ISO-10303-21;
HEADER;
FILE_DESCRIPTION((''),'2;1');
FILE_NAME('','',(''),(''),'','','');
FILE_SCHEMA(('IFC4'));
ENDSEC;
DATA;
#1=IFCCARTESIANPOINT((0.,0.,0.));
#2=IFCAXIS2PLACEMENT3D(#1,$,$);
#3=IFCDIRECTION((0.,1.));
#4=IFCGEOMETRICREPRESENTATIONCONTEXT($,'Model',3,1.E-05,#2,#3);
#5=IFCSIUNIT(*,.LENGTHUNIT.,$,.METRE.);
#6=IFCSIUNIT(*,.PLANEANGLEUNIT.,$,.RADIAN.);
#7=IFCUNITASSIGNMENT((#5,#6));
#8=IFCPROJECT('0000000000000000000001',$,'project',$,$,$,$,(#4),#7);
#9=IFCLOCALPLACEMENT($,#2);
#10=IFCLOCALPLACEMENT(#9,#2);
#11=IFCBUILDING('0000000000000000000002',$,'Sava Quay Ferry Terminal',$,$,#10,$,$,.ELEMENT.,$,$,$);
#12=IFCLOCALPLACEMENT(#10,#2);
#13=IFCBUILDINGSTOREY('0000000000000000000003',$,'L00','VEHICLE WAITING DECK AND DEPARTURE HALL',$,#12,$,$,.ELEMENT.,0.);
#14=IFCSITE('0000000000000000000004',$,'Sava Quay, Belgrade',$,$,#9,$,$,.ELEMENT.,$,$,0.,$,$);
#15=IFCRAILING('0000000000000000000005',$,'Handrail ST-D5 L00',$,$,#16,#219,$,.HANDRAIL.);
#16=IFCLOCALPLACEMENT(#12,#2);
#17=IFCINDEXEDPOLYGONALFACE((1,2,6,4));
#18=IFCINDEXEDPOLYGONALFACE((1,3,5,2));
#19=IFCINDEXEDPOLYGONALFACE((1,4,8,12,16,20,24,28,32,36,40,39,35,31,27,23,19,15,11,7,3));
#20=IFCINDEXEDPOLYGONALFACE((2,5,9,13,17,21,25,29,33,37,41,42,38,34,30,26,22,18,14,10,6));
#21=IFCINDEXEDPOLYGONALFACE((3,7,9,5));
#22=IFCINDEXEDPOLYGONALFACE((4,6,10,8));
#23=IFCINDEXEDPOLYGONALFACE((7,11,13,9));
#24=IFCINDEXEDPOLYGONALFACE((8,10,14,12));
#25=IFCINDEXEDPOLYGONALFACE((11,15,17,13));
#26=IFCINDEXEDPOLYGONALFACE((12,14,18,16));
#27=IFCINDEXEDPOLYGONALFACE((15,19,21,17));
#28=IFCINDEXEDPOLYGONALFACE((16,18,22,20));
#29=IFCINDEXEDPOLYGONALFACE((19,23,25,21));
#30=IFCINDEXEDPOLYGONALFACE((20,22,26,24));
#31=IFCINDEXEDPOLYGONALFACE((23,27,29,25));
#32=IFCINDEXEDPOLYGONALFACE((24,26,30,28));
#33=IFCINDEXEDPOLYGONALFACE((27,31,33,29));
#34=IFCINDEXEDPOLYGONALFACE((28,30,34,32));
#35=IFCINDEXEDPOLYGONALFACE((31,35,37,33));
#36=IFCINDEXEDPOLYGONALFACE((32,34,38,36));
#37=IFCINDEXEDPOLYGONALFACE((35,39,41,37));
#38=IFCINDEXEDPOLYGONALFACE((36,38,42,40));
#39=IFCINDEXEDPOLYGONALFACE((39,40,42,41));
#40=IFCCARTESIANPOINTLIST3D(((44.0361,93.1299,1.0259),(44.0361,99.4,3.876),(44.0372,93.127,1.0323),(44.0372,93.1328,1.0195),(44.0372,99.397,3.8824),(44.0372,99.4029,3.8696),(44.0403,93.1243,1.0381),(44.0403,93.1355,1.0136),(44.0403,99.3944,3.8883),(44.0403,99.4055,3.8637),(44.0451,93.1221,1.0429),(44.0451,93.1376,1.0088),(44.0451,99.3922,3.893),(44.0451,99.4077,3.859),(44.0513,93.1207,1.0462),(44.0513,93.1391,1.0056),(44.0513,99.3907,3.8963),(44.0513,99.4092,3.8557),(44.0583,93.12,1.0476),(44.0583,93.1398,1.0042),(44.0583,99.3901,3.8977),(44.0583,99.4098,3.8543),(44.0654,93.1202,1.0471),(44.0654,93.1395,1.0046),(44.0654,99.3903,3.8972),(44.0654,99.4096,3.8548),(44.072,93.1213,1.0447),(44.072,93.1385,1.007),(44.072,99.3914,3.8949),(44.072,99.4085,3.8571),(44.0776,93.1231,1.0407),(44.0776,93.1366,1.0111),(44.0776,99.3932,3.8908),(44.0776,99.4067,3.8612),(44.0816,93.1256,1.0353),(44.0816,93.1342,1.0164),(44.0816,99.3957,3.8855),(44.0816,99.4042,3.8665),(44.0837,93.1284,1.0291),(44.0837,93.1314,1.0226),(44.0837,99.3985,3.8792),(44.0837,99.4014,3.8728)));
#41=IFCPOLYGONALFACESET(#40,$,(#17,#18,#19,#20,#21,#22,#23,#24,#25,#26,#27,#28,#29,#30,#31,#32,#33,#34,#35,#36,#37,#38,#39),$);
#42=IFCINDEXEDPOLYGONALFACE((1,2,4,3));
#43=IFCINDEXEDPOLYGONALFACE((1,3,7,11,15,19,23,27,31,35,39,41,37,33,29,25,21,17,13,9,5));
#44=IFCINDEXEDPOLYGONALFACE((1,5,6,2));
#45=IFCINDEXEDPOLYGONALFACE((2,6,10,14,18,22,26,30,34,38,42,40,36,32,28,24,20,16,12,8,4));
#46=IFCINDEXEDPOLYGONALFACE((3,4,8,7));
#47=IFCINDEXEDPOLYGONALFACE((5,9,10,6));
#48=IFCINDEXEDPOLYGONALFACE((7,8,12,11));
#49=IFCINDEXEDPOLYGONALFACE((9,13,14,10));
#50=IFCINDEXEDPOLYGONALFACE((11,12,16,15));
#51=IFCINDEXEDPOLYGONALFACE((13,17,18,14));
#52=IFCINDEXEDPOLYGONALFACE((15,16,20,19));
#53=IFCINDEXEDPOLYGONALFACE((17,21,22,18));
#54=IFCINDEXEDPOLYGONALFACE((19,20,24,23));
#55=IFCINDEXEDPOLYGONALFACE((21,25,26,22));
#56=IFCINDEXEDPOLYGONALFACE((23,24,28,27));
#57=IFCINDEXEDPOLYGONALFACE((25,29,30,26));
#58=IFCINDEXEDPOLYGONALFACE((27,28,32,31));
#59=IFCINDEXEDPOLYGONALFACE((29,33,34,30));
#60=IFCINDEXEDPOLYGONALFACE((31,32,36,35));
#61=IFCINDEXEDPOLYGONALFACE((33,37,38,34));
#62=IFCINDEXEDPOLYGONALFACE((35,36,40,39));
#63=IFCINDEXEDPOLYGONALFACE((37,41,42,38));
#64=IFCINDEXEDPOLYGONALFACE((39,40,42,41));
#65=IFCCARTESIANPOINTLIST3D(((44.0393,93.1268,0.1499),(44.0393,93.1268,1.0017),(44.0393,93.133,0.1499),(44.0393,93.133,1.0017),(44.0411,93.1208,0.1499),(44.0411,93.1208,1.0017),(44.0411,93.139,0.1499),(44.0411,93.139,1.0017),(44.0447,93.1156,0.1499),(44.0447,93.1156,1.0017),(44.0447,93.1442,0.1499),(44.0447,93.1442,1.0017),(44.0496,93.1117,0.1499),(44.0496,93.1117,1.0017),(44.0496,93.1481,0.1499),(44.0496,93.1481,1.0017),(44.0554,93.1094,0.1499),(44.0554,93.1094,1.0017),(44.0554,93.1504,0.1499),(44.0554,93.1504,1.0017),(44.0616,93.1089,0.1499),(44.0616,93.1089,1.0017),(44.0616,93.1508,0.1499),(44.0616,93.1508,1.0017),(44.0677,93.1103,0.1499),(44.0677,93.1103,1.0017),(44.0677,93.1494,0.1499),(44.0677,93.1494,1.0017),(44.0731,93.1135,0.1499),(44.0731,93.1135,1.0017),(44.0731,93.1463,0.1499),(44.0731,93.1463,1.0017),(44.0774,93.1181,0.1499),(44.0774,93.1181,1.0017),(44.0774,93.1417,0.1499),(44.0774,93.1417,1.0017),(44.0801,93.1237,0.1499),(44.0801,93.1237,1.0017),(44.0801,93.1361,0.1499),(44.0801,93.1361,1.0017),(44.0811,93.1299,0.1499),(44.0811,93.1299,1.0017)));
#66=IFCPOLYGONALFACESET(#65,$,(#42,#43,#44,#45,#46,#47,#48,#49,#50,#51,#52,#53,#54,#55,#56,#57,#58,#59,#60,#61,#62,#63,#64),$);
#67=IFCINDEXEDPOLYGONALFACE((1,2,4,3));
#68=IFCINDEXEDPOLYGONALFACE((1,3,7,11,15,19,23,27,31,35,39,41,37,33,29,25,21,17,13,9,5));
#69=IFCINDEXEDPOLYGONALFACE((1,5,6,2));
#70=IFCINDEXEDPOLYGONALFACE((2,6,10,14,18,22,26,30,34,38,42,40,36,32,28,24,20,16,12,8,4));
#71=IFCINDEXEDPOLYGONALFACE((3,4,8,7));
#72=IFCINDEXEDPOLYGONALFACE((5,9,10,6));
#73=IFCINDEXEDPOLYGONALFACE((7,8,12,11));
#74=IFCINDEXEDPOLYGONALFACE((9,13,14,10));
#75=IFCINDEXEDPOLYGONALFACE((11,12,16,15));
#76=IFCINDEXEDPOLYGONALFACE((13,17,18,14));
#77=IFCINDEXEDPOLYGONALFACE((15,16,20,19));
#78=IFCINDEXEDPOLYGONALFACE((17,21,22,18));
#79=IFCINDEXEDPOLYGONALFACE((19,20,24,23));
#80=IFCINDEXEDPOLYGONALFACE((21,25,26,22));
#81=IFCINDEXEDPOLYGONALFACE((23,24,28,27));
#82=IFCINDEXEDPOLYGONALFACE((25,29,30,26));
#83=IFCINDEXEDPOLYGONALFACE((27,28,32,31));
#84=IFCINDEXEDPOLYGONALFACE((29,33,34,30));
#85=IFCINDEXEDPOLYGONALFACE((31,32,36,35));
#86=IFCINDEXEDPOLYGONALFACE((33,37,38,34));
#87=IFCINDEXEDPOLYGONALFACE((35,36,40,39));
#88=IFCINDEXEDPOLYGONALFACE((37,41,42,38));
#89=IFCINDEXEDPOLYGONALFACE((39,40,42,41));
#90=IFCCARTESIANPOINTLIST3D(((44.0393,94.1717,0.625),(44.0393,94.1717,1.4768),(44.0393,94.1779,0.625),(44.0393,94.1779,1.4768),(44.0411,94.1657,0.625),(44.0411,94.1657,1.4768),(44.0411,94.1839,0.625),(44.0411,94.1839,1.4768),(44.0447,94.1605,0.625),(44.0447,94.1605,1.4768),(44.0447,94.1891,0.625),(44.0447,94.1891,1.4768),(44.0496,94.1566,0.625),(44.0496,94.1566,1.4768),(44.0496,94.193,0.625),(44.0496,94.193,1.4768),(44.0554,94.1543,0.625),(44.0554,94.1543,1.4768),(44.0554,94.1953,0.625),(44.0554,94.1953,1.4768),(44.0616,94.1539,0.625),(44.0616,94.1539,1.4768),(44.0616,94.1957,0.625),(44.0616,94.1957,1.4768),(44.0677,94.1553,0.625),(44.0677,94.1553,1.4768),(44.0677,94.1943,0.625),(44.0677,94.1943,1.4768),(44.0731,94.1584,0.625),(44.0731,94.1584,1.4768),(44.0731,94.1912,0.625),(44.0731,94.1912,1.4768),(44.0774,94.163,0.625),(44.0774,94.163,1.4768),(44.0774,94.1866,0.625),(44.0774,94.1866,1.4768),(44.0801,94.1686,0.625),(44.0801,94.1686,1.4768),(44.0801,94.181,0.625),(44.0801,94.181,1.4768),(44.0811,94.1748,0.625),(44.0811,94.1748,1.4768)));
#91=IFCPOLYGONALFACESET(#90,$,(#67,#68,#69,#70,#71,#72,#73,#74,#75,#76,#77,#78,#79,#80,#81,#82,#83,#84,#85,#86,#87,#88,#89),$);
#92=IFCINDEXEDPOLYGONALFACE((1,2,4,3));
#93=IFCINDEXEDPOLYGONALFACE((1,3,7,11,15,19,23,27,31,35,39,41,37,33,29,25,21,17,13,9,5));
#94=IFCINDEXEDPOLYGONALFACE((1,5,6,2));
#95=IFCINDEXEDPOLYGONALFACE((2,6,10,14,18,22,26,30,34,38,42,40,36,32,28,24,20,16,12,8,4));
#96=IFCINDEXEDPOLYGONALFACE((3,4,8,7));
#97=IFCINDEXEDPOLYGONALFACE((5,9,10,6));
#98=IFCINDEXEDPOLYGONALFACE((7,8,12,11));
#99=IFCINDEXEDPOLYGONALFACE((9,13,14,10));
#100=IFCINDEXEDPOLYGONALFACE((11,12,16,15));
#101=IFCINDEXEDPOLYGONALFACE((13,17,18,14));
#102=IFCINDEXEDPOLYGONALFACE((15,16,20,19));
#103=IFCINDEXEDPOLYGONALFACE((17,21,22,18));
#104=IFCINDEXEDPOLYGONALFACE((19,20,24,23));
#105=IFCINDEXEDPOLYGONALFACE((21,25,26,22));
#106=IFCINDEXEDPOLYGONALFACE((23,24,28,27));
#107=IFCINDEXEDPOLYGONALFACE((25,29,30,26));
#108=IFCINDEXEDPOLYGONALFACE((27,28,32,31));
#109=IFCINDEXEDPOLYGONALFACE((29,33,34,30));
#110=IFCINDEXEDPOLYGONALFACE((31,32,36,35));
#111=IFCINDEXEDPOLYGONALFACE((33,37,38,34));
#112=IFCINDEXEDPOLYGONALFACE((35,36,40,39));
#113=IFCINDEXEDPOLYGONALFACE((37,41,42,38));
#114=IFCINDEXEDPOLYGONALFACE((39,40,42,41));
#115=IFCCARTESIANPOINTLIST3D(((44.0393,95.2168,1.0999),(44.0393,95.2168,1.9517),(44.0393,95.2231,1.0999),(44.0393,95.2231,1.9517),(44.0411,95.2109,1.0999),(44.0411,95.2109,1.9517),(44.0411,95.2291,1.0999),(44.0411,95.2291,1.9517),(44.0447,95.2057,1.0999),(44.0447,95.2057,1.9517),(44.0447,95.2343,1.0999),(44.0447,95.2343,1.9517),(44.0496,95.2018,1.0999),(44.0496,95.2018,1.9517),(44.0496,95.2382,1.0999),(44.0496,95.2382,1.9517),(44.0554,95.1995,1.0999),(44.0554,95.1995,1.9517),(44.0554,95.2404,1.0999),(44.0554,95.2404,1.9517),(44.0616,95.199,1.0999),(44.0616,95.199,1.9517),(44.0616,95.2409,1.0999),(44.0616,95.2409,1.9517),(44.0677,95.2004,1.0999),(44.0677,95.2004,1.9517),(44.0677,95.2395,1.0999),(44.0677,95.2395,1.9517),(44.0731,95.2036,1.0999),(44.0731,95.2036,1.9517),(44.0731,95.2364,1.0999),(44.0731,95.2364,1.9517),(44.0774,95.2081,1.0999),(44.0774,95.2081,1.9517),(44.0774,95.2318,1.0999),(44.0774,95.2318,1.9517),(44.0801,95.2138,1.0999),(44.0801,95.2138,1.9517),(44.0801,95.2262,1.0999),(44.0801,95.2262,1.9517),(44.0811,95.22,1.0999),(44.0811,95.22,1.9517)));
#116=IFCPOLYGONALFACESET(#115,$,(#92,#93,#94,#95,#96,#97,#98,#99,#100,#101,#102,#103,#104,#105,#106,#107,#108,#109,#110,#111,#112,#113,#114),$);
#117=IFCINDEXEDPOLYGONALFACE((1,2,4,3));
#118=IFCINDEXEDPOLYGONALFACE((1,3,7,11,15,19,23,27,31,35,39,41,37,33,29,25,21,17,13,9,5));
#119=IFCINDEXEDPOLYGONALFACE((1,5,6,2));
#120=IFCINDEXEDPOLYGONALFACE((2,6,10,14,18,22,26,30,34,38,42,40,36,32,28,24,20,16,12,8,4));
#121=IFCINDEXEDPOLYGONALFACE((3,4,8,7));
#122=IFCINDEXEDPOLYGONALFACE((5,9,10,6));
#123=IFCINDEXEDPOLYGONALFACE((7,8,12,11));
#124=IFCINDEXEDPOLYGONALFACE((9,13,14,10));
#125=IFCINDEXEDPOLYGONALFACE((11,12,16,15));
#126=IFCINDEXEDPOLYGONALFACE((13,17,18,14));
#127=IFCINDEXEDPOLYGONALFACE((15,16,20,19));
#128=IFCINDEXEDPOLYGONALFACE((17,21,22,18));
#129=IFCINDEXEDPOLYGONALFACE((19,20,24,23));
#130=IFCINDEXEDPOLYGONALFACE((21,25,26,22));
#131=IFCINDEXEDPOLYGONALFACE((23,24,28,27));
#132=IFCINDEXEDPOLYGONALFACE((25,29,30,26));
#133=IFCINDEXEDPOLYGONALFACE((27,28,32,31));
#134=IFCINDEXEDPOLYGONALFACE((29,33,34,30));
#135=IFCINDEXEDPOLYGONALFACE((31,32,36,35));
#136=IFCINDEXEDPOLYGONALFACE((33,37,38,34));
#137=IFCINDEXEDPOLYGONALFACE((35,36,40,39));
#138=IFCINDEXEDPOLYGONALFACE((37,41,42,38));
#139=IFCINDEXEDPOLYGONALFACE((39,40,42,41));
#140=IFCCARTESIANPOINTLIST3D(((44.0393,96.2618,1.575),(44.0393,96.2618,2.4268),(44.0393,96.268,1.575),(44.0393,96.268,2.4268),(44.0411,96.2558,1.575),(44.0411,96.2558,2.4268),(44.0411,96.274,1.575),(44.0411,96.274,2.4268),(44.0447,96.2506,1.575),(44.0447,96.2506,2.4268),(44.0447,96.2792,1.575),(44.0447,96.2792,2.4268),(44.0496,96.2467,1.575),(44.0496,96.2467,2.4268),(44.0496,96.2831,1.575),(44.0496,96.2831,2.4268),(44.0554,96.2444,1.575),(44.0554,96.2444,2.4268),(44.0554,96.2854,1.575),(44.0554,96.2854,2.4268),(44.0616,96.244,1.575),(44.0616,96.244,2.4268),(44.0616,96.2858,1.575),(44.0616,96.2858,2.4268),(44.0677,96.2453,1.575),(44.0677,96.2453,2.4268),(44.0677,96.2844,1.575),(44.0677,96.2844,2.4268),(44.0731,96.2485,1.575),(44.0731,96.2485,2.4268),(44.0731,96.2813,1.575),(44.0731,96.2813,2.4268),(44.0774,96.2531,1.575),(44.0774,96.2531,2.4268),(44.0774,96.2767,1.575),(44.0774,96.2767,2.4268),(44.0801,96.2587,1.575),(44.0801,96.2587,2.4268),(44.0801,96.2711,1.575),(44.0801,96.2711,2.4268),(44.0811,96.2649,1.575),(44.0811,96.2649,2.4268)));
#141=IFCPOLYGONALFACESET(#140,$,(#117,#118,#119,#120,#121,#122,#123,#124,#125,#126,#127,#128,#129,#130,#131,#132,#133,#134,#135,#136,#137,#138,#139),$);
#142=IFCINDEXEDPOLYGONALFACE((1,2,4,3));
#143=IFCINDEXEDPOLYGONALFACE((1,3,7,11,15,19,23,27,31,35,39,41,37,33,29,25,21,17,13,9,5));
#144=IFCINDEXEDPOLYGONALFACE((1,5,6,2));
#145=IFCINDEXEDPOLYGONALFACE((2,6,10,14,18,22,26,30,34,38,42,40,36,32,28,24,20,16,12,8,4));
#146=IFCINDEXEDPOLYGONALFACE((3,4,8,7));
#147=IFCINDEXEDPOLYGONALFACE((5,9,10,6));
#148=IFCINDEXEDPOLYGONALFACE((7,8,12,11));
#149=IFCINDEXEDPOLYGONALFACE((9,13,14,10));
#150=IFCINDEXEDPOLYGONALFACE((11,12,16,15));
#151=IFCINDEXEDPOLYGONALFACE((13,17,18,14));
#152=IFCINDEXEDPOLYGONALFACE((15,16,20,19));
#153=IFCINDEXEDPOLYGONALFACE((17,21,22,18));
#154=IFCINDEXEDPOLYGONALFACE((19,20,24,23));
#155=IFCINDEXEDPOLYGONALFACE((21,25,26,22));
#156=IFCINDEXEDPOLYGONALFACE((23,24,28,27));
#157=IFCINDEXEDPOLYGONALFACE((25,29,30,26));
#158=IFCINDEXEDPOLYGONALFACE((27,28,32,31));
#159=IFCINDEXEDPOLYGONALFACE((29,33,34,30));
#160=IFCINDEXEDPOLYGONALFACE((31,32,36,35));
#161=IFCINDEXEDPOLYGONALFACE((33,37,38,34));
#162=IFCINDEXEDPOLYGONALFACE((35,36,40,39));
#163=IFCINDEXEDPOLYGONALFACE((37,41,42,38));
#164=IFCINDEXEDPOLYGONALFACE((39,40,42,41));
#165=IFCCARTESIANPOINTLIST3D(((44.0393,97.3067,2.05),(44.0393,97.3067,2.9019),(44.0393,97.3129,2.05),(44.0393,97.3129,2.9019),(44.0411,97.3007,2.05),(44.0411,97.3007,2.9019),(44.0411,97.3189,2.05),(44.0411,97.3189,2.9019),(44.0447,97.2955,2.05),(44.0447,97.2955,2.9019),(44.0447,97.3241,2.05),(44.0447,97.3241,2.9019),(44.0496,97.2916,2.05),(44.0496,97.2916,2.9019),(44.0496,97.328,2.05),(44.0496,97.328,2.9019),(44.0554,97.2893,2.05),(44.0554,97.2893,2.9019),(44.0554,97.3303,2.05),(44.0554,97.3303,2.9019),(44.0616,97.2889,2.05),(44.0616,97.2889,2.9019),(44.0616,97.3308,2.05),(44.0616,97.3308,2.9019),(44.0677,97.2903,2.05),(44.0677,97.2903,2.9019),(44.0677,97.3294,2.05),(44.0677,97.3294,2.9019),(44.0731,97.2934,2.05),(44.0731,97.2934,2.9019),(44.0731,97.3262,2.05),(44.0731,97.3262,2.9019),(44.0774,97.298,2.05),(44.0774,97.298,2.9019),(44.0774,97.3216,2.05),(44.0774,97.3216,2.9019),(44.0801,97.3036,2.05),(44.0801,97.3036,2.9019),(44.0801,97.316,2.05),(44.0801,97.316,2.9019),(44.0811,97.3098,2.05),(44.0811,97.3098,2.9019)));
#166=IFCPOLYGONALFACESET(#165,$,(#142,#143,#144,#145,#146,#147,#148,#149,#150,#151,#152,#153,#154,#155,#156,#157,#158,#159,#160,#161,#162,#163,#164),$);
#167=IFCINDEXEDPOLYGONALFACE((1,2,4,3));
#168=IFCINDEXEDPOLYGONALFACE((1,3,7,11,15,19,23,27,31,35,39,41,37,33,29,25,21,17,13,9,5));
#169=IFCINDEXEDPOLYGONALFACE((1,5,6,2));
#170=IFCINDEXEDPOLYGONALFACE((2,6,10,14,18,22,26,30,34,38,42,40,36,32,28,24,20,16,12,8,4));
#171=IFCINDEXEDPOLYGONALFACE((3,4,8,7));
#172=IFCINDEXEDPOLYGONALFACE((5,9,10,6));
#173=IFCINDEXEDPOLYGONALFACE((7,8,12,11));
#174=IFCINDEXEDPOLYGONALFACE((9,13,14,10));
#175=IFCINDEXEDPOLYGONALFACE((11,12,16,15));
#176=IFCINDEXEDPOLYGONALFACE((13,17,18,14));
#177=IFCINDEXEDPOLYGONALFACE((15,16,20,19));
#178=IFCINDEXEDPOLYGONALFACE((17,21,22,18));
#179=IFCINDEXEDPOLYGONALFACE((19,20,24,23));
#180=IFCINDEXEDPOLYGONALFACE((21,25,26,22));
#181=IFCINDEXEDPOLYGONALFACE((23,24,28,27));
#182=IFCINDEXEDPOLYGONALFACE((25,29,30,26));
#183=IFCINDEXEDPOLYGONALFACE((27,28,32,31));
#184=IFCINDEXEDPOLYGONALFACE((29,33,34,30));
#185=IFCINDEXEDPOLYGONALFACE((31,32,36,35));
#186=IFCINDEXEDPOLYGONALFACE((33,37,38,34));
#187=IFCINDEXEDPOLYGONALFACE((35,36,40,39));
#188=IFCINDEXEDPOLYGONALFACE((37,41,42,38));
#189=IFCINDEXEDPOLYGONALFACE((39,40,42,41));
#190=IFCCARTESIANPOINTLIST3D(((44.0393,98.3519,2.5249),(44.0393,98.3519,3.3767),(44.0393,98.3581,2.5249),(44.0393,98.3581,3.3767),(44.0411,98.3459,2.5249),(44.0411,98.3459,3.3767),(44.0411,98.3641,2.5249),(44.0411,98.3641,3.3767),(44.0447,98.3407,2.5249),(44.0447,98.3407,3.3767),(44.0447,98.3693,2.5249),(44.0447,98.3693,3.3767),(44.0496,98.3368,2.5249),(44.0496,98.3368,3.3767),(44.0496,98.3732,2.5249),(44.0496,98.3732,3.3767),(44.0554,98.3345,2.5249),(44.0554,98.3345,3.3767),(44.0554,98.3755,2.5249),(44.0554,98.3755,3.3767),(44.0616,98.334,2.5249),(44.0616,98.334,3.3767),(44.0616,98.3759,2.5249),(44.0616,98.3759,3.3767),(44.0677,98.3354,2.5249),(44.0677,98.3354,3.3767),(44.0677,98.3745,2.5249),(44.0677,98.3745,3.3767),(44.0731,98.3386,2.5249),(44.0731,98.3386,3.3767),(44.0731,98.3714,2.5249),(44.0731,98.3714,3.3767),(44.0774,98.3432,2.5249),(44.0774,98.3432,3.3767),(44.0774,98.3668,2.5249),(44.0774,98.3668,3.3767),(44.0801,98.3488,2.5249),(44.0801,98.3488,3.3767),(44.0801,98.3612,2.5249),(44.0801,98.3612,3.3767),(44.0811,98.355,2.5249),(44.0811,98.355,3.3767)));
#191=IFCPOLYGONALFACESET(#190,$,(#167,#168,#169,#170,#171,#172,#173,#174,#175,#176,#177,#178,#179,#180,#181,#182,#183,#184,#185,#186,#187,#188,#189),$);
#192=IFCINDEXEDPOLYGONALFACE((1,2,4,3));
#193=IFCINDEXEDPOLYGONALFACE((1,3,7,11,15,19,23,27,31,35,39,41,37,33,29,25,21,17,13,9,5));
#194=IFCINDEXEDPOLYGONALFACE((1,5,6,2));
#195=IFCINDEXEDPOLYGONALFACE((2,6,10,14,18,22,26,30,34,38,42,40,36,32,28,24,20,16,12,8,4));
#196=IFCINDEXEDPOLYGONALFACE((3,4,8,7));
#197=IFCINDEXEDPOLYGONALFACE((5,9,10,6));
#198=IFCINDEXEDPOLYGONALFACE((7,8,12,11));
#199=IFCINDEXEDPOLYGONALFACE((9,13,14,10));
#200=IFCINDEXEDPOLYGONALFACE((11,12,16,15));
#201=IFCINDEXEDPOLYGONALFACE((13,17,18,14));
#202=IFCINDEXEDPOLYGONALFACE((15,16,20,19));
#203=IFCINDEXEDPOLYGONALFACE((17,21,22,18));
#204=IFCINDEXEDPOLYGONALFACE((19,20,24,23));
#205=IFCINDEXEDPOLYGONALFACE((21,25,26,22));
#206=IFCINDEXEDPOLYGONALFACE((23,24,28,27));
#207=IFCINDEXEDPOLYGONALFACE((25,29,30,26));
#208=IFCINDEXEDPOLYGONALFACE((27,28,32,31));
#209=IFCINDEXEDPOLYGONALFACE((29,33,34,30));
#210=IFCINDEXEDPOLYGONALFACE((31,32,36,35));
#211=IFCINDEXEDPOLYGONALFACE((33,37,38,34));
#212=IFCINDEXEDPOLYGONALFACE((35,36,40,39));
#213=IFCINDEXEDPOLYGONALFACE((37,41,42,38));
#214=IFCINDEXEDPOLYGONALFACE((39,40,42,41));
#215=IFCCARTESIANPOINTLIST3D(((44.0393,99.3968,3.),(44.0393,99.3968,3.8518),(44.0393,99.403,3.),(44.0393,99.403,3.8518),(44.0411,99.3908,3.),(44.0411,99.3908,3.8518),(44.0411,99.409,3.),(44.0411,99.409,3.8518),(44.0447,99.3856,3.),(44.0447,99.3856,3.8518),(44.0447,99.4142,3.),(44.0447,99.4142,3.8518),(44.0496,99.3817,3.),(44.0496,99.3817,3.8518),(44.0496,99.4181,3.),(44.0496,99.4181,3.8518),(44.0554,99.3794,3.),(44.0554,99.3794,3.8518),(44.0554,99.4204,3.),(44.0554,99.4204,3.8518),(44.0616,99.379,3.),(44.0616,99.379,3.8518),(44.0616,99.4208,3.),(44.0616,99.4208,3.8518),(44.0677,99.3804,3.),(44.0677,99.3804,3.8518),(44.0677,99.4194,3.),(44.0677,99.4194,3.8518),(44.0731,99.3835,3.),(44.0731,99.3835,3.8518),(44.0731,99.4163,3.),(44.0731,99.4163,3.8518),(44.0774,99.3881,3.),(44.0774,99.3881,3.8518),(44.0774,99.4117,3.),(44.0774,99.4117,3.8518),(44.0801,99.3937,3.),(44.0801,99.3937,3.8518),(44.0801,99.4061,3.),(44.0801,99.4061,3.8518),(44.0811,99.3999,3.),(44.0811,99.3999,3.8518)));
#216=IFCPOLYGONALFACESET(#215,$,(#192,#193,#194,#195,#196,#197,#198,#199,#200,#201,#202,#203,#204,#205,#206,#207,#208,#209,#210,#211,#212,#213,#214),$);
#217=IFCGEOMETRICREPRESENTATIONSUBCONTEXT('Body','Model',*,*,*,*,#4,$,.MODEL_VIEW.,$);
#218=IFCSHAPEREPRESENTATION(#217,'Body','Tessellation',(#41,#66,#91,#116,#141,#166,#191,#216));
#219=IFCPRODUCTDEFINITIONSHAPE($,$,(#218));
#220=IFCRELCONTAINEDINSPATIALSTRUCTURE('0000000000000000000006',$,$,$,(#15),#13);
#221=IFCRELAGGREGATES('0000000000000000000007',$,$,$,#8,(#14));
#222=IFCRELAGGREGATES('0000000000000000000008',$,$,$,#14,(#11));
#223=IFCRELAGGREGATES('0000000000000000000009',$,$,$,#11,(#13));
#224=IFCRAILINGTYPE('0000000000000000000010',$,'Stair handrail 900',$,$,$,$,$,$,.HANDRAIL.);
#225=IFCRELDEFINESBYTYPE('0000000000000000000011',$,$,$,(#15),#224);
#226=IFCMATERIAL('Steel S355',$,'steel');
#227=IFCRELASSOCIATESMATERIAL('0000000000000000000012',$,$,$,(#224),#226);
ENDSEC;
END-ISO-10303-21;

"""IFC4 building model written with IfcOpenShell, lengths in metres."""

from ifc_helpers import new_model, si_unit, direction, frame, origin, origin_2d, place, context, subcontext, project, spatial, circle, extrude, material, type_object, element, save


model = new_model("IFC4")

# Units and contexts
model_context = context("Model", 3, precision=1e-05, world=origin(), true_north=direction((0.0, 1.0)))
body_context = subcontext(model_context, "Body", "Model", "MODEL_VIEW")
ifc_project = project(units=[si_unit("LENGTHUNIT", "METRE"), si_unit("PLANEANGLEUNIT", "RADIAN")], contexts=[model_context])

# Site, building, storey
site_placement = place(None, origin())
site = spatial("IfcSite", under=ifc_project, at=site_placement, Name="Sava Quay, Belgrade", CompositionType="ELEMENT", RefElevation=0.0)
building_placement = place(site_placement, origin())
building = spatial("IfcBuilding", under=site, at=building_placement, Name="Sava Quay Ferry Terminal", CompositionType="ELEMENT")
storey_placement = place(building_placement, origin())
storey = spatial("IfcBuildingStorey", under=building, at=storey_placement, Name="L00", Description="VEHICLE WAITING DECK AND DEPARTURE HALL", CompositionType="ELEMENT", Elevation=0.0)

# Railing
ifc_material_1 = material(Name="Steel S355", Category="steel")
railing_type_1 = type_object("IfcRailingType", Name="Stair handrail 900", PredefinedType="HANDRAIL", material=ifc_material_1)
railing_1_placement = place(storey_placement, frame((44.0601, 93.1299, 0.1499)))
element("IfcRailing", 1, at=railing_1_placement, inside=storey, type_object=railing_type_1, Name="Handrail ST-D5 L00", PredefinedType="HANDRAIL", context=body_context, shape_type="SweptSolid", body=[
    extrude(circle(Radius=0.0239, at=origin_2d()), frame((0.0, 0.0, 0.876), z_axis=(0.0, 0.910362, 0.413814), x_axis=(-1.0, 0.0, 0.0)), (0.0, 0.0, 1.0), 6.8875),
    extrude(circle(Radius=0.021, at=origin_2d()), origin(), (0.0, 0.0, 1.0), 0.8518),
    extrude(circle(Radius=0.021, at=origin_2d()), frame((0.0, 1.0449, 0.4751)), (0.0, 0.0, 1.0), 0.8518),
    extrude(circle(Radius=0.021, at=origin_2d()), frame((0.0, 2.0901, 0.95)), (0.0, 0.0, 1.0), 0.8518),
    extrude(circle(Radius=0.021, at=origin_2d()), frame((0.0, 3.135, 1.425)), (0.0, 0.0, 1.0), 0.8518),
    extrude(circle(Radius=0.021, at=origin_2d()), frame((0.0, 4.1799, 1.9001)), (0.0, 0.0, 1.0), 0.8518),
    extrude(circle(Radius=0.021, at=origin_2d()), frame((0.0, 5.2251, 2.375)), (0.0, 0.0, 1.0), 0.8518),
    extrude(circle(Radius=0.021, at=origin_2d()), frame((0.0, 6.27, 2.8501)), (0.0, 0.0, 1.0), 0.8518),
])

save(model, "model.ifc")
